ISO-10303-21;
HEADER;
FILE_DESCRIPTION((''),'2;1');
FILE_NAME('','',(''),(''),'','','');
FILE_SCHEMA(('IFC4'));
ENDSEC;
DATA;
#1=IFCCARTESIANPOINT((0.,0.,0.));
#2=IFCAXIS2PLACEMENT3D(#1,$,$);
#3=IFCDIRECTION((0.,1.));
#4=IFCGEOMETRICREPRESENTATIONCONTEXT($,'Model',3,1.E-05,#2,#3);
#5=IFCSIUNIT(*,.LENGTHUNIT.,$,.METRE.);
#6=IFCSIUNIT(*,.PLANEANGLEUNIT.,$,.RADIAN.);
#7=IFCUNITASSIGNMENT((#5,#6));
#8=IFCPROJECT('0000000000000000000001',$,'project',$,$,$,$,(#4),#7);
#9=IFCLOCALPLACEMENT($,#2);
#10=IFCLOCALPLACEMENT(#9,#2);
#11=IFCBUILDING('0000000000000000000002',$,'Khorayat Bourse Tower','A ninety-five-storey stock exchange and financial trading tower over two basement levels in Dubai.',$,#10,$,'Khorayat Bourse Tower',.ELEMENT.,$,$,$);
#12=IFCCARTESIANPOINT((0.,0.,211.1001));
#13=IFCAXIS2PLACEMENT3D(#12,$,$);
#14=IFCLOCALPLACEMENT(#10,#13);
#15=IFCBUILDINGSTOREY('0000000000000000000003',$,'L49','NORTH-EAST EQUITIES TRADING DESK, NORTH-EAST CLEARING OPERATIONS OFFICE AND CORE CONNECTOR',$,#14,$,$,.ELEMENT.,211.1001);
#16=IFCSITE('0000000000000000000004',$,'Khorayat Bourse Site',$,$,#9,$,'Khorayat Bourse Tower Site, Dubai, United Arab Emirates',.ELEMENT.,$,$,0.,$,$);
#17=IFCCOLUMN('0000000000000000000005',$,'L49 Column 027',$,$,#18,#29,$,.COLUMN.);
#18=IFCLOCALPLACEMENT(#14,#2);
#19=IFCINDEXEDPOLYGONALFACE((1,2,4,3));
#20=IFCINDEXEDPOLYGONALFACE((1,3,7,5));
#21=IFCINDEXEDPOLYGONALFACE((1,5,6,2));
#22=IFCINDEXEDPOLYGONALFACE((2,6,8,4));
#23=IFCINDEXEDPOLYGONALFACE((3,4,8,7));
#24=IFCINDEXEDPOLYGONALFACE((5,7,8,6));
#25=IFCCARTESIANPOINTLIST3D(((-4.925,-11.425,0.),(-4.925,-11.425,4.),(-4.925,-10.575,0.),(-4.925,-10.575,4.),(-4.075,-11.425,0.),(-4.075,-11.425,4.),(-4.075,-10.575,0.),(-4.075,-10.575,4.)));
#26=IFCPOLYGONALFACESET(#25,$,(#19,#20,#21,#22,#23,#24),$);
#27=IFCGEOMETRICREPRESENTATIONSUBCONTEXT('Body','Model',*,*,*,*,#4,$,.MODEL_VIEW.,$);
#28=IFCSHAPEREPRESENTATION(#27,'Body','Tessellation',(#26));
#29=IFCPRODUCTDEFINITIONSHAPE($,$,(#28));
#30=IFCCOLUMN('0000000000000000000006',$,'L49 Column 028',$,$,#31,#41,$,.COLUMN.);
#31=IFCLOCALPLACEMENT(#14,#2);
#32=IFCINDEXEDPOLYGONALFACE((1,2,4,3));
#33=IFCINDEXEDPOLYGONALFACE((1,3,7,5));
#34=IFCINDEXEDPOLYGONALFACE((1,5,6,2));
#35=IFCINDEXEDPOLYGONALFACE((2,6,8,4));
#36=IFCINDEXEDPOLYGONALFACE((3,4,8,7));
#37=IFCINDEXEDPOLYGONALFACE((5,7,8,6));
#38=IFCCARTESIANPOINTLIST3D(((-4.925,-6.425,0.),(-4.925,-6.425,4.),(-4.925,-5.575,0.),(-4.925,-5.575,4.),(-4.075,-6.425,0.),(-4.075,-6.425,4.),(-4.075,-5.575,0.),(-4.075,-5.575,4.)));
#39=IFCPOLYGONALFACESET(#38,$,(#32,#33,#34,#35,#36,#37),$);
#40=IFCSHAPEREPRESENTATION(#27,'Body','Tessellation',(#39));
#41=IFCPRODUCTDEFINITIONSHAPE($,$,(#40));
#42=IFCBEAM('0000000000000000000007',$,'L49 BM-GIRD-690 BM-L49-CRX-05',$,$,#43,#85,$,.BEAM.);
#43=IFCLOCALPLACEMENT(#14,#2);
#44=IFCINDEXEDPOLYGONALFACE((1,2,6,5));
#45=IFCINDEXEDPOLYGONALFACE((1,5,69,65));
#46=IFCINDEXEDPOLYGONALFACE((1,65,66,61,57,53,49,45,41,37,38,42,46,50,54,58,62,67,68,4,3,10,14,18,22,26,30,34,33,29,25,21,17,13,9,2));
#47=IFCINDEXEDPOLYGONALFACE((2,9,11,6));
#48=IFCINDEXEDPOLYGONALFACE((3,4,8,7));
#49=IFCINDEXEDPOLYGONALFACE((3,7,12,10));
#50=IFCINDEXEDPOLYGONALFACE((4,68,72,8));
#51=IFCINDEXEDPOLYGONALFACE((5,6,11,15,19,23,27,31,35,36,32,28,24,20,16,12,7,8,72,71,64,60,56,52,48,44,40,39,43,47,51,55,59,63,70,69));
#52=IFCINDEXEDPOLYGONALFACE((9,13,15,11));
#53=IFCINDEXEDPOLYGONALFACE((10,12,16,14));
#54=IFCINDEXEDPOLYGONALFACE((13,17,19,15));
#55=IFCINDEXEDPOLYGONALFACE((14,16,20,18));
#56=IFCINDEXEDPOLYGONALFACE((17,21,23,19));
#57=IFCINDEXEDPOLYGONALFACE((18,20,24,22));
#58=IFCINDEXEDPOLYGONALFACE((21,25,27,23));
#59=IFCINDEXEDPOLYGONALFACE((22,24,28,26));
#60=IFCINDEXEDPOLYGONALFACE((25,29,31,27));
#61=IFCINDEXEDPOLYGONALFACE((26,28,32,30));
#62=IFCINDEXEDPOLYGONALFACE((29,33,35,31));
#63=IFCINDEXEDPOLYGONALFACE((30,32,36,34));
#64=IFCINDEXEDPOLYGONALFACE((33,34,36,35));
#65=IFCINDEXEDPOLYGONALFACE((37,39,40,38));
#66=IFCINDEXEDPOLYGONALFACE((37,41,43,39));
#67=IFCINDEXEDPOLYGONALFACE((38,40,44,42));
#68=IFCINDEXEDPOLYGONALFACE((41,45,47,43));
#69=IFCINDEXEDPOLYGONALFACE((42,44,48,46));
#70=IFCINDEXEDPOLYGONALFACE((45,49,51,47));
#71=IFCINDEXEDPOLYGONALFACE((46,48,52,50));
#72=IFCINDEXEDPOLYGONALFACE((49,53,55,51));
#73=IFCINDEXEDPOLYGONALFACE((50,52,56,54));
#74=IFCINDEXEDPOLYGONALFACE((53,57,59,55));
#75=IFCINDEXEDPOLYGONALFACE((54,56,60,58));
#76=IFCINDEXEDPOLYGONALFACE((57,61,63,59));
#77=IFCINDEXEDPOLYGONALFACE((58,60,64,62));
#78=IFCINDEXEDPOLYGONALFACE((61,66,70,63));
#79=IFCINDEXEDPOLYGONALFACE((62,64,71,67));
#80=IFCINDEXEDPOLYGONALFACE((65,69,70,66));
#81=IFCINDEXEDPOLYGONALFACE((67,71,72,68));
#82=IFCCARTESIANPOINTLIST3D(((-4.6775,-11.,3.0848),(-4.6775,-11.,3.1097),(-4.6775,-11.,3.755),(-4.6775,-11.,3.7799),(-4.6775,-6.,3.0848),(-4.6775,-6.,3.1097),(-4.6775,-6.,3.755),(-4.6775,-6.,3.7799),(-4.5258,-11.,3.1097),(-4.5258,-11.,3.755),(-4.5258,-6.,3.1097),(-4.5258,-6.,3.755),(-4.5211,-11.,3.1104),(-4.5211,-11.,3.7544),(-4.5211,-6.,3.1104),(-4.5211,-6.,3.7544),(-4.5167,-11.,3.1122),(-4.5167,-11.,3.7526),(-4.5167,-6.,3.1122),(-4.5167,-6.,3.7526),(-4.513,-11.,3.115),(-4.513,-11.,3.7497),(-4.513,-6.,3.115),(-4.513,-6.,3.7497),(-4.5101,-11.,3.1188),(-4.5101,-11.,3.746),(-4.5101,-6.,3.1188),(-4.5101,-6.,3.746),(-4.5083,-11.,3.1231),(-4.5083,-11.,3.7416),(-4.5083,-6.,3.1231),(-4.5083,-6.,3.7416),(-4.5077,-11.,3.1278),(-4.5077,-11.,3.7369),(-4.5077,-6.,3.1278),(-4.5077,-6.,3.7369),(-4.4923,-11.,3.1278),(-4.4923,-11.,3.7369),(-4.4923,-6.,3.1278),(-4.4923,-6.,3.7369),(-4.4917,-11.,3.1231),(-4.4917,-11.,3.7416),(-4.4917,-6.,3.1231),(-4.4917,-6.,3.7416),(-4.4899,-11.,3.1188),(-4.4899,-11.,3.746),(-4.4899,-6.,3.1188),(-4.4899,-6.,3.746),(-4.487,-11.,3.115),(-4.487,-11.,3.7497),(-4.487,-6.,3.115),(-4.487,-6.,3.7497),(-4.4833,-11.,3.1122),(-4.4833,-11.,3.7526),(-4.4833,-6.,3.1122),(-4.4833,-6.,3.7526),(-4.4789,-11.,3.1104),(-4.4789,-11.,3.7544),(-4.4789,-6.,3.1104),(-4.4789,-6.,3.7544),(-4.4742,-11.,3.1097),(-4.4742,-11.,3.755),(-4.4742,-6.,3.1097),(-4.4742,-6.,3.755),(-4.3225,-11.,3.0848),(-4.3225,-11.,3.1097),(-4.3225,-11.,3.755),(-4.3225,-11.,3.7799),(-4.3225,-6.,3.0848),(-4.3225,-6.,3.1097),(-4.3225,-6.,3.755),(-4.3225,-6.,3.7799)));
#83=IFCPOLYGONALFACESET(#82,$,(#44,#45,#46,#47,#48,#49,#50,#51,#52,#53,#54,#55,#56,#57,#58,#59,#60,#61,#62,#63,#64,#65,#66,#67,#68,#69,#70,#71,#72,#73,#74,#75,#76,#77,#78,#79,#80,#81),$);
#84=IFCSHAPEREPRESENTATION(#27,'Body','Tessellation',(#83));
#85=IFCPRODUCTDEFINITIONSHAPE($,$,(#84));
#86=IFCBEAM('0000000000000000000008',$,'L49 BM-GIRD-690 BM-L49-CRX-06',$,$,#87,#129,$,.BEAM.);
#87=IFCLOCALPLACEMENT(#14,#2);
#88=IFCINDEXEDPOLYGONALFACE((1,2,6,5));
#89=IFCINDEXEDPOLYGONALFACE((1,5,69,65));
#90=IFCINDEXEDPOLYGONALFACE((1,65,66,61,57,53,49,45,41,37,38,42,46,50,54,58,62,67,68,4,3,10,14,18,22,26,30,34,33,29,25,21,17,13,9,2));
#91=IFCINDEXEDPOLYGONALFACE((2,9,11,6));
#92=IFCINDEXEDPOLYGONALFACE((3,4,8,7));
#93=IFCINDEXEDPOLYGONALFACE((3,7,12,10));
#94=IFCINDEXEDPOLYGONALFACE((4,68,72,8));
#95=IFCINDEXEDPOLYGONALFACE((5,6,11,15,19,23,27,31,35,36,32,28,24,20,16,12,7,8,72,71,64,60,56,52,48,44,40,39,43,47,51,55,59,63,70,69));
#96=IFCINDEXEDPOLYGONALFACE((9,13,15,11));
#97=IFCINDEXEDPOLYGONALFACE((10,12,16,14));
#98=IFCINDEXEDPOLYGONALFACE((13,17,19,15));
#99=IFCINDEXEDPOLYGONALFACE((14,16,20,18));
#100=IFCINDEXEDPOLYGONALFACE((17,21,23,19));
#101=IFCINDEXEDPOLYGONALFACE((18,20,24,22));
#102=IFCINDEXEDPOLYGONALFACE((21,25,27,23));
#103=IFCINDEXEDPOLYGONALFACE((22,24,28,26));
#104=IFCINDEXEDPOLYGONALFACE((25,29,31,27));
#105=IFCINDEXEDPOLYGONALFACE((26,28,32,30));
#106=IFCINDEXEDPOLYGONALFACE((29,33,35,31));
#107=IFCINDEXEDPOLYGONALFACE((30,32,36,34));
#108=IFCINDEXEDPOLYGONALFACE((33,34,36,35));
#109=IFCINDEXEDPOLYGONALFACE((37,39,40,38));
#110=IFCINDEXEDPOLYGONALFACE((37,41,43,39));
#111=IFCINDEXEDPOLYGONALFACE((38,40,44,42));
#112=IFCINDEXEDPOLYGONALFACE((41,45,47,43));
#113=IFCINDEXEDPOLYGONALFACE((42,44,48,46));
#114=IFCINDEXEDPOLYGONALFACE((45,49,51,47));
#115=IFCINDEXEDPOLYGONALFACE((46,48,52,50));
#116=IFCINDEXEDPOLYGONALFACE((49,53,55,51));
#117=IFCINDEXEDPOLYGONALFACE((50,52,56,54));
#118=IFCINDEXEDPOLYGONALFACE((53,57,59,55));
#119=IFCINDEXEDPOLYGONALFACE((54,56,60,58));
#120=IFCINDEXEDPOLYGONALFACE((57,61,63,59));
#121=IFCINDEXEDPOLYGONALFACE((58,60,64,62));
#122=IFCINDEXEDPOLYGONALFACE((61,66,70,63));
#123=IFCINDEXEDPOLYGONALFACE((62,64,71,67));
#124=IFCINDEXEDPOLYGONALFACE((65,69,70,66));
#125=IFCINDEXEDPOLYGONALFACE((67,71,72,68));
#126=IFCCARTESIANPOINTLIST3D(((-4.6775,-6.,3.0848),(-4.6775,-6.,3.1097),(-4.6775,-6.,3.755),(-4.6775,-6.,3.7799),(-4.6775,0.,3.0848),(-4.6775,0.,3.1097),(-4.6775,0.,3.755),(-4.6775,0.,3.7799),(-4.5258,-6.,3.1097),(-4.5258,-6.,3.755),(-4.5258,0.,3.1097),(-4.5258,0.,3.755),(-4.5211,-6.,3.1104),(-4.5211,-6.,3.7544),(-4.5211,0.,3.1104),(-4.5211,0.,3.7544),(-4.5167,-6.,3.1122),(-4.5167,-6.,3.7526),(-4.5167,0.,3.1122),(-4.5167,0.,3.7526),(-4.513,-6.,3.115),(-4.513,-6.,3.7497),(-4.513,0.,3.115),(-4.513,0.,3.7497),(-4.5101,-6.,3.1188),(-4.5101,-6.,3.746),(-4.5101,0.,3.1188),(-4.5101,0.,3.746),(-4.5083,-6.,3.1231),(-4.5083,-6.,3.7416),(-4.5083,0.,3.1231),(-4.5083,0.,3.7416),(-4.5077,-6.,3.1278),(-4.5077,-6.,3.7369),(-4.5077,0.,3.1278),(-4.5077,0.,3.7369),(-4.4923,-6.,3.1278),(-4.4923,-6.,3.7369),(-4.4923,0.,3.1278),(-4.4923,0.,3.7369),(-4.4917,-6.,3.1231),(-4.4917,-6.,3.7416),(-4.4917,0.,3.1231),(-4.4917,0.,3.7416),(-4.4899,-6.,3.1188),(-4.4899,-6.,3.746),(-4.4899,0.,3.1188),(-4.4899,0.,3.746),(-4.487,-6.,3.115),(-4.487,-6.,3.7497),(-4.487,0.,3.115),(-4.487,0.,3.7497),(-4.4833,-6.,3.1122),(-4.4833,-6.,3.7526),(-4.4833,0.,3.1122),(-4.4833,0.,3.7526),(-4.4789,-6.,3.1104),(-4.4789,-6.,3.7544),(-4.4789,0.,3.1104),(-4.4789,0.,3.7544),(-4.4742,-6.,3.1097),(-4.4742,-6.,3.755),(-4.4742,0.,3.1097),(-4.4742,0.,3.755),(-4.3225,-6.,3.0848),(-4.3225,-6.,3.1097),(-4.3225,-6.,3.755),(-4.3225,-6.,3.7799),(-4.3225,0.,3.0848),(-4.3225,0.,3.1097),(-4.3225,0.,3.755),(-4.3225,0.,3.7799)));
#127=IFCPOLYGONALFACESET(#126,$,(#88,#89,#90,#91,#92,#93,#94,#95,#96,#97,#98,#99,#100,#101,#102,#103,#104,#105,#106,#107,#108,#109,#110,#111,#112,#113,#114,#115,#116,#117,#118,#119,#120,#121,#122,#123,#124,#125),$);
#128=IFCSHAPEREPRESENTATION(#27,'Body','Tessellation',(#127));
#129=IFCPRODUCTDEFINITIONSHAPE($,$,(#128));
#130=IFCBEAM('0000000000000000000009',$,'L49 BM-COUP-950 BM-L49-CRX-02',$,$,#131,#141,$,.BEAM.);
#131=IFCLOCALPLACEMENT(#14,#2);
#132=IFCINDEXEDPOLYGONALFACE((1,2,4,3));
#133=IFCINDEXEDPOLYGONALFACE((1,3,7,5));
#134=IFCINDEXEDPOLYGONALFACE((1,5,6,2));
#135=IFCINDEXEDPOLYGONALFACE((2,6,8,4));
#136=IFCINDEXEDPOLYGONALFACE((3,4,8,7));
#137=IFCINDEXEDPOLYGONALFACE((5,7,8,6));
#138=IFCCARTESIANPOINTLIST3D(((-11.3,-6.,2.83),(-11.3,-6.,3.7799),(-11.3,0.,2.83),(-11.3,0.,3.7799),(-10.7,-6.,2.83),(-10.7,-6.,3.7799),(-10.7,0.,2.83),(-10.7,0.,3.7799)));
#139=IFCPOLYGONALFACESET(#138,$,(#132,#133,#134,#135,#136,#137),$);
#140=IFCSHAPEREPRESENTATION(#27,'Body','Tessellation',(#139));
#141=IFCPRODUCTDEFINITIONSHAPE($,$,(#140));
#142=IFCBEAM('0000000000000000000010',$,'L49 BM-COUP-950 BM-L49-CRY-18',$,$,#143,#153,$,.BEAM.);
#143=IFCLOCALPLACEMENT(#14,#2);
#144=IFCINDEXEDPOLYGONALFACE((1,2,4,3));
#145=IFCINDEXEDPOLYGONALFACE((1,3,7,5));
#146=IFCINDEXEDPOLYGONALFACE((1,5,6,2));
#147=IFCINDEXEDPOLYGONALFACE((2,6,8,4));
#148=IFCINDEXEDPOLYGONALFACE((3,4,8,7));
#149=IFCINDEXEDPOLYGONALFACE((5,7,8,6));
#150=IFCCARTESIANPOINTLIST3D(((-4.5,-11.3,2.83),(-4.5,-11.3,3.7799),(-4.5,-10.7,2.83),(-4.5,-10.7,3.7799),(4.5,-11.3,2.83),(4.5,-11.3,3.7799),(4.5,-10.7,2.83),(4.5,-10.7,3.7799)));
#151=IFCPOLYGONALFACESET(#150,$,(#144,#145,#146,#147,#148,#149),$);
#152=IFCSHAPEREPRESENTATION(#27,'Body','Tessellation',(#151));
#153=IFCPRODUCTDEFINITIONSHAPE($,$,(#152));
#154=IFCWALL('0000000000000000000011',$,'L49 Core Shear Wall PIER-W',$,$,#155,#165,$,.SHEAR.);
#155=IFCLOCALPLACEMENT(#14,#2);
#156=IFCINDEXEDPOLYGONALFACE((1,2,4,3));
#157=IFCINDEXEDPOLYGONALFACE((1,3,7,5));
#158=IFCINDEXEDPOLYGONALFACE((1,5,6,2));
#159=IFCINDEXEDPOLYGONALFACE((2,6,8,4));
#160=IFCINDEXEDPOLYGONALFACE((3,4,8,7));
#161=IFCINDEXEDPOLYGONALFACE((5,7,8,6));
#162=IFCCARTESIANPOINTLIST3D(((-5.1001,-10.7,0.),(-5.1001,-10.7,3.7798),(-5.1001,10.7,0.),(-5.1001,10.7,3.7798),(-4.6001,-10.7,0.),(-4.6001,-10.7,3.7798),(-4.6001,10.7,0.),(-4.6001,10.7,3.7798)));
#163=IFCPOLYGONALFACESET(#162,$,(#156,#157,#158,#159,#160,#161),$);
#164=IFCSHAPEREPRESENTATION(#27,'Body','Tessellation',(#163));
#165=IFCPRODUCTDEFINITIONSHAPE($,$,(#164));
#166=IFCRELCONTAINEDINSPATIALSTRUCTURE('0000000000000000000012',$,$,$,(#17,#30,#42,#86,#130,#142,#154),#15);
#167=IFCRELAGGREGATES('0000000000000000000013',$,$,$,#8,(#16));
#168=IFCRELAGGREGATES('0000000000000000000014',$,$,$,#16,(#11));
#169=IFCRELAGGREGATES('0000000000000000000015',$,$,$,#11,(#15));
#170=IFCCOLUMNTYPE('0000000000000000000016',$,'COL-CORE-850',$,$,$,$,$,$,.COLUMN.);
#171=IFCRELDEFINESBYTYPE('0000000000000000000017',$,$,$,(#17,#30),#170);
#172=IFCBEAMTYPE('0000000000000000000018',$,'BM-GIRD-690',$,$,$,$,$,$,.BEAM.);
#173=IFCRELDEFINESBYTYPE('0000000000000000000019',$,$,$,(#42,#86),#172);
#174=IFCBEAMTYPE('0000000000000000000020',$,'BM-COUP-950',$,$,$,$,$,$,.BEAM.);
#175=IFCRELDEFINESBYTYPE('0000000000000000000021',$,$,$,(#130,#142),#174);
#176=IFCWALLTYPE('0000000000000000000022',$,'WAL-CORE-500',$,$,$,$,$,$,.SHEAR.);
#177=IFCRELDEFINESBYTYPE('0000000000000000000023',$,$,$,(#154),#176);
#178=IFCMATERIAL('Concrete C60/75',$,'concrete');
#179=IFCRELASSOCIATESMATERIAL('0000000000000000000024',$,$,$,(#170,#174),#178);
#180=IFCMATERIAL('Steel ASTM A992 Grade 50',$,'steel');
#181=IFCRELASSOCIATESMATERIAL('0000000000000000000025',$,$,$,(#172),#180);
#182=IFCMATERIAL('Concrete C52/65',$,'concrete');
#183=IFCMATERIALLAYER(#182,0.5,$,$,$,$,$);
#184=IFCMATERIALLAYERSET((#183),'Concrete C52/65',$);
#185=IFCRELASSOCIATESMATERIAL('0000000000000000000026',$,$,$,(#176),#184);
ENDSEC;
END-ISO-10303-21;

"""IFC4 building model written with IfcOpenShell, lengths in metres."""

from ifc_helpers import new_model, si_unit, direction, frame, frame_2d, origin, origin_2d, place, context, subcontext, project, spatial, rectangle, i_section, extrude, source, transform, mapped, material, layer, layer_set, material_profile, profile_set, type_object, element, save


model = new_model("IFC4")

# Units and contexts
model_context = context("Model", 3, precision=1e-05, world=origin(), true_north=direction((0.0, 1.0)))
body_context = subcontext(model_context, "Body", "Model", "MODEL_VIEW")
ifc_project = project(units=[si_unit("LENGTHUNIT", "METRE"), si_unit("PLANEANGLEUNIT", "RADIAN")], contexts=[model_context])

# Site, building, storey
site_placement = place(None, origin())
site = spatial("IfcSite", under=ifc_project, at=site_placement, Name="Khorayat Bourse Site", LongName="Khorayat Bourse Tower Site, Dubai, United Arab Emirates", CompositionType="ELEMENT", RefElevation=0.0)
building_placement = place(site_placement, origin())
building = spatial("IfcBuilding", under=site, at=building_placement, Name="Khorayat Bourse Tower", Description="A ninety-five-storey stock exchange and financial trading tower over two basement levels in Dubai.", LongName="Khorayat Bourse Tower", CompositionType="ELEMENT")
storey_placement = place(building_placement, frame((0.0, 0.0, 211.1001)))
storey = spatial("IfcBuildingStorey", under=building, at=storey_placement, Name="L49", Description="NORTH-EAST EQUITIES TRADING DESK, NORTH-EAST CLEARING OPERATIONS OFFICE AND CORE CONNECTOR", CompositionType="ELEMENT", Elevation=211.1001)

# Columns
ifc_material_1 = material(Name="Concrete C60/75", Category="concrete")
ifc_material_profile_1 = material_profile(ifc_material_1, rectangle(XDim=0.8501, YDim=0.8501, at=origin_2d()), Name="RC 850x850")
ifc_profile_set_1 = profile_set([ifc_material_profile_1], Name="Concrete C60/75")
column_type = type_object("IfcColumnType", Name="COL-CORE-850", PredefinedType="COLUMN", material=ifc_profile_set_1)
shared_shape_1 = source(origin(), body_context, "Body", "SweptSolid", [
    extrude(rectangle(XDim=0.8501, YDim=0.8501, at=origin_2d()), origin(), (0.0, 0.0, 1.0), 4.0),
])
for number, where, z_axis, x_axis, name in (
    (1, (-4.5, -11.0, 0.0), (0.0, 0.0, 1.0), (1.0, 0.0, 0.0), "L49 Column 027"),
    (2, (-4.5, -6.0, 0.0), (0.0, 0.0, 1.0), (1.0, 0.0, 0.0), "L49 Column 028"),
):
    element("IfcColumn", number, at=place(storey_placement, frame(where, z_axis=z_axis, x_axis=x_axis)), inside=storey, type_object=column_type, Name=name, PredefinedType="COLUMN", context=body_context, shape_type="MappedRepresentation", body=[
        mapped(shared_shape_1, transform((0.0, 0.0, 0.0), scale=1.0)),
    ])

# Beams
ifc_material_2 = material(Name="Steel ASTM A992 Grade 50", Category="steel")
ifc_material_profile_2 = material_profile(ifc_material_2, i_section(OverallWidth=0.355, OverallDepth=0.6951, WebThickness=0.0154, FlangeThickness=0.0249, FilletRadius=0.0181, at=origin_2d()), Name="W690X217")
ifc_profile_set_2 = profile_set([ifc_material_profile_2], Name="Steel ASTM A992 Grade 50")
beam_type_1 = type_object("IfcBeamType", Name="BM-GIRD-690", PredefinedType="BEAM", material=ifc_profile_set_2)
shared_shape_2 = source(origin(), body_context, "Body", "SweptSolid", [
    extrude(i_section(OverallWidth=0.355, OverallDepth=0.6951, WebThickness=0.0154, FlangeThickness=0.0249, FilletRadius=0.0181, at=origin_2d()), origin(), (0.0, 0.0, 1.0), 5.0),
])
beam_1_placement = place(storey_placement, frame((-4.5, -11.0, 3.4324), z_axis=(0.0, 1.0, 0.0), x_axis=(-1.0, 0.0, 0.0)))
element("IfcBeam", 3, at=beam_1_placement, inside=storey, type_object=beam_type_1, Name="L49 BM-GIRD-690 BM-L49-CRX-05", PredefinedType="BEAM", context=body_context, shape_type="MappedRepresentation", body=[
    mapped(shared_shape_2, transform((0.0, 0.0, 0.0), scale=1.0)),
])
shared_shape_3 = source(origin(), body_context, "Body", "SweptSolid", [
    extrude(i_section(OverallWidth=0.355, OverallDepth=0.6951, WebThickness=0.0154, FlangeThickness=0.0249, FilletRadius=0.0181, at=origin_2d()), origin(), (0.0, 0.0, 1.0), 6.0),
])
beam_2_placement = place(storey_placement, frame((-4.5, -6.0, 3.4324), z_axis=(0.0, 1.0, 0.0), x_axis=(-1.0, 0.0, 0.0)))
element("IfcBeam", 4, at=beam_2_placement, inside=storey, type_object=beam_type_1, Name="L49 BM-GIRD-690 BM-L49-CRX-06", PredefinedType="BEAM", context=body_context, shape_type="MappedRepresentation", body=[
    mapped(shared_shape_3, transform((0.0, 0.0, 0.0), scale=1.0)),
])
ifc_material_profile_3 = material_profile(ifc_material_1, rectangle(XDim=0.6001, YDim=0.95, at=origin_2d()), Name="RC 600x950")
ifc_profile_set_3 = profile_set([ifc_material_profile_3], Name="Concrete C60/75")
beam_type_2 = type_object("IfcBeamType", Name="BM-COUP-950", PredefinedType="BEAM", material=ifc_profile_set_3)
shared_shape_4 = source(origin(), body_context, "Body", "SweptSolid", [
    extrude(rectangle(XDim=0.6001, YDim=0.95, at=origin_2d()), origin(), (0.0, 0.0, 1.0), 6.0),
])
beam_3_placement = place(storey_placement, frame((-11.0, -6.0, 3.3049), z_axis=(0.0, 1.0, 0.0), x_axis=(-1.0, 0.0, 0.0)))
element("IfcBeam", 5, at=beam_3_placement, inside=storey, type_object=beam_type_2, Name="L49 BM-COUP-950 BM-L49-CRX-02", PredefinedType="BEAM", context=body_context, shape_type="MappedRepresentation", body=[
    mapped(shared_shape_4, transform((0.0, 0.0, 0.0), scale=1.0)),
])
shared_shape_5 = source(origin(), body_context, "Body", "SweptSolid", [
    extrude(rectangle(XDim=0.6001, YDim=0.95, at=origin_2d()), origin(), (0.0, 0.0, 1.0), 9.0),
])
beam_4_placement = place(storey_placement, frame((-4.5, -11.0, 3.3049), z_axis=(1.0, 0.0, 0.0), x_axis=(0.0, 1.0, 0.0)))
element("IfcBeam", 6, at=beam_4_placement, inside=storey, type_object=beam_type_2, Name="L49 BM-COUP-950 BM-L49-CRY-18", PredefinedType="BEAM", context=body_context, shape_type="MappedRepresentation", body=[
    mapped(shared_shape_5, transform((0.0, 0.0, 0.0), scale=1.0)),
])

# Wall
ifc_material_3 = material(Name="Concrete C52/65", Category="concrete")
ifc_layer_1 = layer(ifc_material_3, 0.5)
ifc_layer_set_1 = layer_set([ifc_layer_1], Name="Concrete C52/65")
wall_type_1 = type_object("IfcWallType", Name="WAL-CORE-500", PredefinedType="SHEAR", material=ifc_layer_set_1)
shared_shape_6 = source(origin(), body_context, "Body", "SweptSolid", [
    extrude(rectangle(XDim=21.3999, YDim=0.5, at=frame_2d((10.7, 0.0))), origin(), (0.0, 0.0, 1.0), 3.7798),
])
wall_1_placement = place(storey_placement, frame((-4.8501, -10.7, 0.0), z_axis=(0.0, 0.0, 1.0), x_axis=(0.0, 1.0, 0.0)))
element("IfcWall", 7, at=wall_1_placement, inside=storey, type_object=wall_type_1, Name="L49 Core Shear Wall PIER-W", PredefinedType="SHEAR", context=body_context, shape_type="MappedRepresentation", body=[
    mapped(shared_shape_6, transform((0.0, 0.0, 0.0), scale=1.0)),
])

save(model, "model.ifc")
